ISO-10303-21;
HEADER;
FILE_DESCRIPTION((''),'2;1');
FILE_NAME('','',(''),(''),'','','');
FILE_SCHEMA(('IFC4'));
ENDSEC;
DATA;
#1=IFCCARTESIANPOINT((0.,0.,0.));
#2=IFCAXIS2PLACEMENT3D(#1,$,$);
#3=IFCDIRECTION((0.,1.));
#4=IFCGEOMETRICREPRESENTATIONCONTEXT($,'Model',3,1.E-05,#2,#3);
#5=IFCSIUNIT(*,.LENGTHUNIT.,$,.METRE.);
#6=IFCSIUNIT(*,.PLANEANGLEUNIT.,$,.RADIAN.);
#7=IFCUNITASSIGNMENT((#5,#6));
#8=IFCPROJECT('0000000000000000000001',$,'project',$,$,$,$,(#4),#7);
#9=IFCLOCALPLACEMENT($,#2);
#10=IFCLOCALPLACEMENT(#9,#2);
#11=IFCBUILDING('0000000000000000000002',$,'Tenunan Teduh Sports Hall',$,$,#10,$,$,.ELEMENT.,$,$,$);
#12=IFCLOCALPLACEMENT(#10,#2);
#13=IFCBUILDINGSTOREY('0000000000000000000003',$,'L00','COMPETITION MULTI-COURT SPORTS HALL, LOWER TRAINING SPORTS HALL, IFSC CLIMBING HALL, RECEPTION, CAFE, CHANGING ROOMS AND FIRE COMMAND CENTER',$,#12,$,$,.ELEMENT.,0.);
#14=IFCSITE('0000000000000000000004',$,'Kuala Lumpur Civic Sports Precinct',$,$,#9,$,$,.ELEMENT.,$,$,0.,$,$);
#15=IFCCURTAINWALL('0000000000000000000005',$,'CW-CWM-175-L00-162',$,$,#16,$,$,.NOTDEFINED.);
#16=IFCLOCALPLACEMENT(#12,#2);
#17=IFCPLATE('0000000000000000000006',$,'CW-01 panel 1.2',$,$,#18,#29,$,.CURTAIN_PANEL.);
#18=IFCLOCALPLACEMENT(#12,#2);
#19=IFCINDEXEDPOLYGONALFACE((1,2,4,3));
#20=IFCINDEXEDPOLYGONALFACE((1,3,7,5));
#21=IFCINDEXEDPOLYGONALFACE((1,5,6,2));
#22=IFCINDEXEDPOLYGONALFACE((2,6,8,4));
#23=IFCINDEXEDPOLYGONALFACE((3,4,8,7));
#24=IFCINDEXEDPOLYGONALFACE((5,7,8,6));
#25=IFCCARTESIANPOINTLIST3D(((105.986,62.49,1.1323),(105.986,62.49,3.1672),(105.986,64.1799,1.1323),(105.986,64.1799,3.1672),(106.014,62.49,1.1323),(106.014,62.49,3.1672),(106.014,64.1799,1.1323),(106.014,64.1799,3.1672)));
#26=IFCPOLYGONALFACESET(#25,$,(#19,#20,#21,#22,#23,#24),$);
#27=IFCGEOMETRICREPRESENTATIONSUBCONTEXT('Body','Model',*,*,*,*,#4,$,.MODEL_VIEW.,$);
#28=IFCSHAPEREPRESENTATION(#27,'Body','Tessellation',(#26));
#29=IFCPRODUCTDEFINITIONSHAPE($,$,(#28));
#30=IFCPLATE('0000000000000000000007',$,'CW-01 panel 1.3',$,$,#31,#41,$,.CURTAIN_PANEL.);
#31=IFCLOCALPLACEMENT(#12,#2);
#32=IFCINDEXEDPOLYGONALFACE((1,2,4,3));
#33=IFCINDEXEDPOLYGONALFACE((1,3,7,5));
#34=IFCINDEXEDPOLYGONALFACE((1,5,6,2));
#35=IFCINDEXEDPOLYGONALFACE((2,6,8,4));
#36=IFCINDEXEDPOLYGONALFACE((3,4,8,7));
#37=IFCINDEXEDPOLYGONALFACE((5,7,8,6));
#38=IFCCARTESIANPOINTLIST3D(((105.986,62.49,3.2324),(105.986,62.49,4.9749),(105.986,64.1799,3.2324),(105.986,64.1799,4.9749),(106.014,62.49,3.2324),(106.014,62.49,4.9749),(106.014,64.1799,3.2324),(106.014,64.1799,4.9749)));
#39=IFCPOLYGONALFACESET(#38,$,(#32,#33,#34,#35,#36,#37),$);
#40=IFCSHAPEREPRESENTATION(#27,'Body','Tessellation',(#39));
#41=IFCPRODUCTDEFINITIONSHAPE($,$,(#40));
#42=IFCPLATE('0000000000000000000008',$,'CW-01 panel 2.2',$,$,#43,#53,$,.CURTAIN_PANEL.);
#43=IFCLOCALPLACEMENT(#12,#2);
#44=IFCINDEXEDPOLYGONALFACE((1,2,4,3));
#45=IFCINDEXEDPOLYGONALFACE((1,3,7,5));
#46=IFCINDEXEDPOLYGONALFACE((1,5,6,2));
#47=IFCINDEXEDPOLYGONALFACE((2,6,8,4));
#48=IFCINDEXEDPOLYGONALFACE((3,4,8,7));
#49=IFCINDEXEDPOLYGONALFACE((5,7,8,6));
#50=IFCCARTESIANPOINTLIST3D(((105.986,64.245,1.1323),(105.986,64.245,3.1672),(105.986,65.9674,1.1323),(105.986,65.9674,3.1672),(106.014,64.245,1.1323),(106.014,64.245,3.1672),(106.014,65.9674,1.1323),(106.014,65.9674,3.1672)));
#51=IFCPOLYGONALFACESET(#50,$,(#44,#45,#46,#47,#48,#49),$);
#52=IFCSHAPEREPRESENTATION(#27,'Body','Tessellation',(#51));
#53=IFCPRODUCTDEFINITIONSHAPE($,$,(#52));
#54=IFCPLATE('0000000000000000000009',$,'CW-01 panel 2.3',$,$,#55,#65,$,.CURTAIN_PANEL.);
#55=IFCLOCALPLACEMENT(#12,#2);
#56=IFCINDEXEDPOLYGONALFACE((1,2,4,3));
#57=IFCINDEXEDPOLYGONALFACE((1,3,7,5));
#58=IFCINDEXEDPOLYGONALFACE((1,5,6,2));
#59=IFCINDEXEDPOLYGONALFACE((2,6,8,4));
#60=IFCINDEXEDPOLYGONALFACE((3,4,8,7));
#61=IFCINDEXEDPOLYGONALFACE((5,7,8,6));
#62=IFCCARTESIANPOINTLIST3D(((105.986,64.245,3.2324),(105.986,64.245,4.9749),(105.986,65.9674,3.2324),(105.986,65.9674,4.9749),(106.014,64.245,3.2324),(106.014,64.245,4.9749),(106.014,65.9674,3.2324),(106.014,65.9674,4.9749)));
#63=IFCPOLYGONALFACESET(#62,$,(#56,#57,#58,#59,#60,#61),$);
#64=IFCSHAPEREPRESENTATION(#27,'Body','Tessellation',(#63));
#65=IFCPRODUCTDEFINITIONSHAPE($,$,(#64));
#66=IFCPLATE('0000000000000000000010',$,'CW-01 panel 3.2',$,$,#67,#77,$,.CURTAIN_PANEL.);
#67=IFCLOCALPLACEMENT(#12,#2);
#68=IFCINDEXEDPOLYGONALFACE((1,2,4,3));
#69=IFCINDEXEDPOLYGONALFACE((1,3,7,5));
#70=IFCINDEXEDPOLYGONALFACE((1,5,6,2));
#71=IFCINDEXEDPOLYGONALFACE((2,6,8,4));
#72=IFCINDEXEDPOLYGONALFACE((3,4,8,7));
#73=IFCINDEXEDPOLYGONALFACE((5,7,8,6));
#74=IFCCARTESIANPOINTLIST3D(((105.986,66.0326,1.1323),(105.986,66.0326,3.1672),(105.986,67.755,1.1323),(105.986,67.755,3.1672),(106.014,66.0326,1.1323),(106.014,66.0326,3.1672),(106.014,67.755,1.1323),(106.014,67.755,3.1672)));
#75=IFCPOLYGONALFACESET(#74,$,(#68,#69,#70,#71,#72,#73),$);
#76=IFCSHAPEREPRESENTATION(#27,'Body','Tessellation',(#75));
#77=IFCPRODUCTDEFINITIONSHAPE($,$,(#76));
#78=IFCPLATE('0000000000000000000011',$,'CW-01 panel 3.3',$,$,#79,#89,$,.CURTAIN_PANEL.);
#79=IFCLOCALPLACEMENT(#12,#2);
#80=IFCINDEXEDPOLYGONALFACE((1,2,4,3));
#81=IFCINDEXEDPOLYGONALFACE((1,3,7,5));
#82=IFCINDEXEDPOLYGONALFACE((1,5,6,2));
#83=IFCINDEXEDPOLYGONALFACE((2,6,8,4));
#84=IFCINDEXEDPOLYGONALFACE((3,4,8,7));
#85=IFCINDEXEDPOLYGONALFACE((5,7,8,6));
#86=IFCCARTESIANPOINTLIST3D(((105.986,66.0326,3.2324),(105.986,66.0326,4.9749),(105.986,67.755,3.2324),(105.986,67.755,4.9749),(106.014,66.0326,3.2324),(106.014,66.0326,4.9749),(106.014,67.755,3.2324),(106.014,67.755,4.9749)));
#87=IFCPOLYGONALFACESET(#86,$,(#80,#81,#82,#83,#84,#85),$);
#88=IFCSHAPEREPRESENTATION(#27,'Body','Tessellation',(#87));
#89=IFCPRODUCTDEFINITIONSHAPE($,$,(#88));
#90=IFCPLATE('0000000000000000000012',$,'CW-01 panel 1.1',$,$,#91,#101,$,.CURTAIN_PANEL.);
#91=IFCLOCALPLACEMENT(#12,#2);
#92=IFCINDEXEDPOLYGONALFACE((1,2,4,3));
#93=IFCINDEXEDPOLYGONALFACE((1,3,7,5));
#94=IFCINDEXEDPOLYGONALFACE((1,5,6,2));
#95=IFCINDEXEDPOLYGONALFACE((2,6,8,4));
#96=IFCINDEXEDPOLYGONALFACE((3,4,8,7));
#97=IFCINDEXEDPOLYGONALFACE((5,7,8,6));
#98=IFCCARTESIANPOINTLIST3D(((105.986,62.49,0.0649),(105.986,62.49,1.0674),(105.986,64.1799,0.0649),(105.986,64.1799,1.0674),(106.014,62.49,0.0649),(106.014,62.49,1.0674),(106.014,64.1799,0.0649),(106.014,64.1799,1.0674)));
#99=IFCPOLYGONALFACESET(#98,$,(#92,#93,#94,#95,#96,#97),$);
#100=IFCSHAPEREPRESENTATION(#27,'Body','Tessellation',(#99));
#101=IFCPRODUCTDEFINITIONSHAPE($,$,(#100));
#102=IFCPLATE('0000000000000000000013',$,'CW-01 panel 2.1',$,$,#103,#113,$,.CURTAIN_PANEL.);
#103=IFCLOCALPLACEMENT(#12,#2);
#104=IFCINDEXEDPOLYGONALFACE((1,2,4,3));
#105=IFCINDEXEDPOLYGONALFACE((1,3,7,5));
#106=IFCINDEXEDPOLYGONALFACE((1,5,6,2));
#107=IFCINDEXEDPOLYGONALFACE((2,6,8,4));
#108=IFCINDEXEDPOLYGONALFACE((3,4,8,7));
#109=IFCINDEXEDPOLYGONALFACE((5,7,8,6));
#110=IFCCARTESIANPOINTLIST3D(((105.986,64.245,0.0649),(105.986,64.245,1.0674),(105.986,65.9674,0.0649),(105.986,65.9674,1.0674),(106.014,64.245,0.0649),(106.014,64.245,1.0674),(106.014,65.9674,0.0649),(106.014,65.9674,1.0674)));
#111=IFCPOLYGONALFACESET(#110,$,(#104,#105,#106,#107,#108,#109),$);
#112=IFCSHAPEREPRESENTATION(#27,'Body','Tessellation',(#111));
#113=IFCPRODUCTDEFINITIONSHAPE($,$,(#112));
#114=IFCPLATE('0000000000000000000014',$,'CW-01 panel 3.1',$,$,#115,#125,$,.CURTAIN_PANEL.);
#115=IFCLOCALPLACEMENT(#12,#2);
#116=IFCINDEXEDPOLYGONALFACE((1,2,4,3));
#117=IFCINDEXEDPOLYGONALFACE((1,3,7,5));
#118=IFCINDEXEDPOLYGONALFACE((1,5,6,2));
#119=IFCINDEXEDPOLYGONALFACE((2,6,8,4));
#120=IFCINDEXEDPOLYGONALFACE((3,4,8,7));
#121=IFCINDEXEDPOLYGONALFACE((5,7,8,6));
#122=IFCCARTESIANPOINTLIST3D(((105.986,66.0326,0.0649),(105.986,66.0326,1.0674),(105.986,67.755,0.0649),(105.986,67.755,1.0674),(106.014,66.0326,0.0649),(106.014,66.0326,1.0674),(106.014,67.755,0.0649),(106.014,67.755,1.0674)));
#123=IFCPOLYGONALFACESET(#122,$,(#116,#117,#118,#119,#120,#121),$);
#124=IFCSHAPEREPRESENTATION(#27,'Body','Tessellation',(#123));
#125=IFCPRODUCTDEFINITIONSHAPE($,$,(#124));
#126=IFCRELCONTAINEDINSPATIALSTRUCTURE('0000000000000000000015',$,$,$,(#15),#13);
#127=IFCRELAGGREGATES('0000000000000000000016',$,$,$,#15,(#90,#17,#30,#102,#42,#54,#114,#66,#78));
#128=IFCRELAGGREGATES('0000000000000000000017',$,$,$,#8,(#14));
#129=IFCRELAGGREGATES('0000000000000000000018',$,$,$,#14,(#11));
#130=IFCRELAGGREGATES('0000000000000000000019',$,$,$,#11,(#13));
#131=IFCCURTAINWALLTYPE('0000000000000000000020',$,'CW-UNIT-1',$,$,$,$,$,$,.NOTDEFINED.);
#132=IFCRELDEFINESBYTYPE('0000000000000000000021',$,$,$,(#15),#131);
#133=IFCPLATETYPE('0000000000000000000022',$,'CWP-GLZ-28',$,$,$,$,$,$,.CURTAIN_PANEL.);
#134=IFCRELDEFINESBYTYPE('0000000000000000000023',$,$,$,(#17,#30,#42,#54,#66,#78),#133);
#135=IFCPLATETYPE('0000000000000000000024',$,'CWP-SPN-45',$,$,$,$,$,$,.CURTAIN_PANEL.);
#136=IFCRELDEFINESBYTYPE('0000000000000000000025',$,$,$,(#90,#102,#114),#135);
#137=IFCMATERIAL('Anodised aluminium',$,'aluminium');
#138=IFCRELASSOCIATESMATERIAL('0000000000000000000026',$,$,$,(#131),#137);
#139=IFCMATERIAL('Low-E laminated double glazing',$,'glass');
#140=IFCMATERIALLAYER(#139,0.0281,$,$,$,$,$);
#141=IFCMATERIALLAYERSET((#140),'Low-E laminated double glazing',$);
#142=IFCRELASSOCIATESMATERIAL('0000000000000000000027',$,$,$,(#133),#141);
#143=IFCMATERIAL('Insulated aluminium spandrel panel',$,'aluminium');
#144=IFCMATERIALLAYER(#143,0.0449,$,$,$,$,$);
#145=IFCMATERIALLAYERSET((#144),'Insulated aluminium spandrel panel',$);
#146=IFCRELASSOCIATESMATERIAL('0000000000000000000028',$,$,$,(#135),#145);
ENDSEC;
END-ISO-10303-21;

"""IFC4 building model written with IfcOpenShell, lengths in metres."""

from ifc_helpers import new_model, si_unit, direction, frame, origin, origin_2d, place, context, subcontext, project, spatial, rectangle, extrude, material, layer, layer_set, type_object, element, aggregate, save


model = new_model("IFC4")

# Units and contexts
model_context = context("Model", 3, precision=1e-05, world=origin(), true_north=direction((0.0, 1.0)))
body_context = subcontext(model_context, "Body", "Model", "MODEL_VIEW")
ifc_project = project(units=[si_unit("LENGTHUNIT", "METRE"), si_unit("PLANEANGLEUNIT", "RADIAN")], contexts=[model_context])

# Site, building, storey
site_placement = place(None, origin())
site = spatial("IfcSite", under=ifc_project, at=site_placement, Name="Kuala Lumpur Civic Sports Precinct", CompositionType="ELEMENT", RefElevation=0.0)
building_placement = place(site_placement, origin())
building = spatial("IfcBuilding", under=site, at=building_placement, Name="Tenunan Teduh Sports Hall", CompositionType="ELEMENT")
storey_placement = place(building_placement, origin())
storey = spatial("IfcBuildingStorey", under=building, at=storey_placement, Name="L00", Description="COMPETITION MULTI-COURT SPORTS HALL, LOWER TRAINING SPORTS HALL, IFSC CLIMBING HALL, RECEPTION, CAFE, CHANGING ROOMS AND FIRE COMMAND CENTER", CompositionType="ELEMENT", Elevation=0.0)

# Curtain wall, plates
ifc_material_1 = material(Name="Anodised aluminium", Category="aluminium")
curtain_wall_type = type_object("IfcCurtainWallType", Name="CW-UNIT-1", PredefinedType="NOTDEFINED", material=ifc_material_1)
curtain_wall_placement = place(storey_placement, origin())
curtain_wall = element("IfcCurtainWall", 1, at=curtain_wall_placement, inside=storey, type_object=curtain_wall_type, Name="CW-CWM-175-L00-162", PredefinedType="NOTDEFINED")
ifc_material_2 = material(Name="Low-E laminated double glazing", Category="glass")
ifc_layer_1 = layer(ifc_material_2, 0.0281)
ifc_layer_set_1 = layer_set([ifc_layer_1], Name="Low-E laminated double glazing")
plate_type_1 = type_object("IfcPlateType", Name="CWP-GLZ-28", PredefinedType="CURTAIN_PANEL", material=ifc_layer_set_1)
plate_1_placement = place(storey_placement, frame((106.0, 63.335, 1.1323), z_axis=(0.0, 0.0, 1.0), x_axis=(0.0, 1.0, 0.0)))
plate_1 = element("IfcPlate", 2, at=plate_1_placement, type_object=plate_type_1, Name="CW-01 panel 1.2", PredefinedType="CURTAIN_PANEL", context=body_context, shape_type="SweptSolid", body=[
    extrude(rectangle(XDim=1.6899, YDim=0.0281, at=origin_2d()), origin(), (0.0, 0.0, 1.0), 2.0349),
])
plate_2_placement = place(storey_placement, frame((106.0, 63.335, 3.2324), z_axis=(0.0, 0.0, 1.0), x_axis=(0.0, 1.0, 0.0)))
plate_2 = element("IfcPlate", 3, at=plate_2_placement, type_object=plate_type_1, Name="CW-01 panel 1.3", PredefinedType="CURTAIN_PANEL", context=body_context, shape_type="SweptSolid", body=[
    extrude(rectangle(XDim=1.6899, YDim=0.0281, at=origin_2d()), origin(), (0.0, 0.0, 1.0), 1.7424),
])
plate_3_placement = place(storey_placement, frame((106.0, 65.1062, 1.1323), z_axis=(0.0, 0.0, 1.0), x_axis=(0.0, 1.0, 0.0)))
plate_3 = element("IfcPlate", 4, at=plate_3_placement, type_object=plate_type_1, Name="CW-01 panel 2.2", PredefinedType="CURTAIN_PANEL", context=body_context, shape_type="SweptSolid", body=[
    extrude(rectangle(XDim=1.7224, YDim=0.0281, at=origin_2d()), origin(), (0.0, 0.0, 1.0), 2.0349),
])
plate_4_placement = place(storey_placement, frame((106.0, 65.1062, 3.2324), z_axis=(0.0, 0.0, 1.0), x_axis=(0.0, 1.0, 0.0)))
plate_4 = element("IfcPlate", 5, at=plate_4_placement, type_object=plate_type_1, Name="CW-01 panel 2.3", PredefinedType="CURTAIN_PANEL", context=body_context, shape_type="SweptSolid", body=[
    extrude(rectangle(XDim=1.7224, YDim=0.0281, at=origin_2d()), origin(), (0.0, 0.0, 1.0), 1.7424),
])
plate_5_placement = place(storey_placement, frame((106.0, 66.8938, 1.1323), z_axis=(0.0, 0.0, 1.0), x_axis=(0.0, 1.0, 0.0)))
plate_5 = element("IfcPlate", 6, at=plate_5_placement, type_object=plate_type_1, Name="CW-01 panel 3.2", PredefinedType="CURTAIN_PANEL", context=body_context, shape_type="SweptSolid", body=[
    extrude(rectangle(XDim=1.7224, YDim=0.0281, at=origin_2d()), origin(), (0.0, 0.0, 1.0), 2.0349),
])
plate_6_placement = place(storey_placement, frame((106.0, 66.8938, 3.2324), z_axis=(0.0, 0.0, 1.0), x_axis=(0.0, 1.0, 0.0)))
plate_6 = element("IfcPlate", 7, at=plate_6_placement, type_object=plate_type_1, Name="CW-01 panel 3.3", PredefinedType="CURTAIN_PANEL", context=body_context, shape_type="SweptSolid", body=[
    extrude(rectangle(XDim=1.7224, YDim=0.0281, at=origin_2d()), origin(), (0.0, 0.0, 1.0), 1.7424),
])
ifc_material_3 = material(Name="Insulated aluminium spandrel panel", Category="aluminium")
ifc_layer_2 = layer(ifc_material_3, 0.0449)
ifc_layer_set_2 = layer_set([ifc_layer_2], Name="Insulated aluminium spandrel panel")
plate_type_2 = type_object("IfcPlateType", Name="CWP-SPN-45", PredefinedType="CURTAIN_PANEL", material=ifc_layer_set_2)
plate_7_placement = place(storey_placement, frame((106.0, 63.335, 0.0649), z_axis=(0.0, 0.0, 1.0), x_axis=(0.0, 1.0, 0.0)))
plate_7 = element("IfcPlate", 8, at=plate_7_placement, type_object=plate_type_2, Name="CW-01 panel 1.1", PredefinedType="CURTAIN_PANEL", context=body_context, shape_type="SweptSolid", body=[
    extrude(rectangle(XDim=1.6899, YDim=0.0281, at=origin_2d()), origin(), (0.0, 0.0, 1.0), 1.0024),
])
plate_8_placement = place(storey_placement, frame((106.0, 65.1062, 0.0649), z_axis=(0.0, 0.0, 1.0), x_axis=(0.0, 1.0, 0.0)))
plate_8 = element("IfcPlate", 9, at=plate_8_placement, type_object=plate_type_2, Name="CW-01 panel 2.1", PredefinedType="CURTAIN_PANEL", context=body_context, shape_type="SweptSolid", body=[
    extrude(rectangle(XDim=1.7224, YDim=0.0281, at=origin_2d()), origin(), (0.0, 0.0, 1.0), 1.0024),
])
plate_9_placement = place(storey_placement, frame((106.0, 66.8938, 0.0649), z_axis=(0.0, 0.0, 1.0), x_axis=(0.0, 1.0, 0.0)))
plate_9 = element("IfcPlate", 10, at=plate_9_placement, type_object=plate_type_2, Name="CW-01 panel 3.1", PredefinedType="CURTAIN_PANEL", context=body_context, shape_type="SweptSolid", body=[
    extrude(rectangle(XDim=1.7224, YDim=0.0281, at=origin_2d()), origin(), (0.0, 0.0, 1.0), 1.0024),
])
aggregate(curtain_wall, [plate_7, plate_1, plate_2, plate_8, plate_3, plate_4, plate_9, plate_5, plate_6])

save(model, "model.ifc")
